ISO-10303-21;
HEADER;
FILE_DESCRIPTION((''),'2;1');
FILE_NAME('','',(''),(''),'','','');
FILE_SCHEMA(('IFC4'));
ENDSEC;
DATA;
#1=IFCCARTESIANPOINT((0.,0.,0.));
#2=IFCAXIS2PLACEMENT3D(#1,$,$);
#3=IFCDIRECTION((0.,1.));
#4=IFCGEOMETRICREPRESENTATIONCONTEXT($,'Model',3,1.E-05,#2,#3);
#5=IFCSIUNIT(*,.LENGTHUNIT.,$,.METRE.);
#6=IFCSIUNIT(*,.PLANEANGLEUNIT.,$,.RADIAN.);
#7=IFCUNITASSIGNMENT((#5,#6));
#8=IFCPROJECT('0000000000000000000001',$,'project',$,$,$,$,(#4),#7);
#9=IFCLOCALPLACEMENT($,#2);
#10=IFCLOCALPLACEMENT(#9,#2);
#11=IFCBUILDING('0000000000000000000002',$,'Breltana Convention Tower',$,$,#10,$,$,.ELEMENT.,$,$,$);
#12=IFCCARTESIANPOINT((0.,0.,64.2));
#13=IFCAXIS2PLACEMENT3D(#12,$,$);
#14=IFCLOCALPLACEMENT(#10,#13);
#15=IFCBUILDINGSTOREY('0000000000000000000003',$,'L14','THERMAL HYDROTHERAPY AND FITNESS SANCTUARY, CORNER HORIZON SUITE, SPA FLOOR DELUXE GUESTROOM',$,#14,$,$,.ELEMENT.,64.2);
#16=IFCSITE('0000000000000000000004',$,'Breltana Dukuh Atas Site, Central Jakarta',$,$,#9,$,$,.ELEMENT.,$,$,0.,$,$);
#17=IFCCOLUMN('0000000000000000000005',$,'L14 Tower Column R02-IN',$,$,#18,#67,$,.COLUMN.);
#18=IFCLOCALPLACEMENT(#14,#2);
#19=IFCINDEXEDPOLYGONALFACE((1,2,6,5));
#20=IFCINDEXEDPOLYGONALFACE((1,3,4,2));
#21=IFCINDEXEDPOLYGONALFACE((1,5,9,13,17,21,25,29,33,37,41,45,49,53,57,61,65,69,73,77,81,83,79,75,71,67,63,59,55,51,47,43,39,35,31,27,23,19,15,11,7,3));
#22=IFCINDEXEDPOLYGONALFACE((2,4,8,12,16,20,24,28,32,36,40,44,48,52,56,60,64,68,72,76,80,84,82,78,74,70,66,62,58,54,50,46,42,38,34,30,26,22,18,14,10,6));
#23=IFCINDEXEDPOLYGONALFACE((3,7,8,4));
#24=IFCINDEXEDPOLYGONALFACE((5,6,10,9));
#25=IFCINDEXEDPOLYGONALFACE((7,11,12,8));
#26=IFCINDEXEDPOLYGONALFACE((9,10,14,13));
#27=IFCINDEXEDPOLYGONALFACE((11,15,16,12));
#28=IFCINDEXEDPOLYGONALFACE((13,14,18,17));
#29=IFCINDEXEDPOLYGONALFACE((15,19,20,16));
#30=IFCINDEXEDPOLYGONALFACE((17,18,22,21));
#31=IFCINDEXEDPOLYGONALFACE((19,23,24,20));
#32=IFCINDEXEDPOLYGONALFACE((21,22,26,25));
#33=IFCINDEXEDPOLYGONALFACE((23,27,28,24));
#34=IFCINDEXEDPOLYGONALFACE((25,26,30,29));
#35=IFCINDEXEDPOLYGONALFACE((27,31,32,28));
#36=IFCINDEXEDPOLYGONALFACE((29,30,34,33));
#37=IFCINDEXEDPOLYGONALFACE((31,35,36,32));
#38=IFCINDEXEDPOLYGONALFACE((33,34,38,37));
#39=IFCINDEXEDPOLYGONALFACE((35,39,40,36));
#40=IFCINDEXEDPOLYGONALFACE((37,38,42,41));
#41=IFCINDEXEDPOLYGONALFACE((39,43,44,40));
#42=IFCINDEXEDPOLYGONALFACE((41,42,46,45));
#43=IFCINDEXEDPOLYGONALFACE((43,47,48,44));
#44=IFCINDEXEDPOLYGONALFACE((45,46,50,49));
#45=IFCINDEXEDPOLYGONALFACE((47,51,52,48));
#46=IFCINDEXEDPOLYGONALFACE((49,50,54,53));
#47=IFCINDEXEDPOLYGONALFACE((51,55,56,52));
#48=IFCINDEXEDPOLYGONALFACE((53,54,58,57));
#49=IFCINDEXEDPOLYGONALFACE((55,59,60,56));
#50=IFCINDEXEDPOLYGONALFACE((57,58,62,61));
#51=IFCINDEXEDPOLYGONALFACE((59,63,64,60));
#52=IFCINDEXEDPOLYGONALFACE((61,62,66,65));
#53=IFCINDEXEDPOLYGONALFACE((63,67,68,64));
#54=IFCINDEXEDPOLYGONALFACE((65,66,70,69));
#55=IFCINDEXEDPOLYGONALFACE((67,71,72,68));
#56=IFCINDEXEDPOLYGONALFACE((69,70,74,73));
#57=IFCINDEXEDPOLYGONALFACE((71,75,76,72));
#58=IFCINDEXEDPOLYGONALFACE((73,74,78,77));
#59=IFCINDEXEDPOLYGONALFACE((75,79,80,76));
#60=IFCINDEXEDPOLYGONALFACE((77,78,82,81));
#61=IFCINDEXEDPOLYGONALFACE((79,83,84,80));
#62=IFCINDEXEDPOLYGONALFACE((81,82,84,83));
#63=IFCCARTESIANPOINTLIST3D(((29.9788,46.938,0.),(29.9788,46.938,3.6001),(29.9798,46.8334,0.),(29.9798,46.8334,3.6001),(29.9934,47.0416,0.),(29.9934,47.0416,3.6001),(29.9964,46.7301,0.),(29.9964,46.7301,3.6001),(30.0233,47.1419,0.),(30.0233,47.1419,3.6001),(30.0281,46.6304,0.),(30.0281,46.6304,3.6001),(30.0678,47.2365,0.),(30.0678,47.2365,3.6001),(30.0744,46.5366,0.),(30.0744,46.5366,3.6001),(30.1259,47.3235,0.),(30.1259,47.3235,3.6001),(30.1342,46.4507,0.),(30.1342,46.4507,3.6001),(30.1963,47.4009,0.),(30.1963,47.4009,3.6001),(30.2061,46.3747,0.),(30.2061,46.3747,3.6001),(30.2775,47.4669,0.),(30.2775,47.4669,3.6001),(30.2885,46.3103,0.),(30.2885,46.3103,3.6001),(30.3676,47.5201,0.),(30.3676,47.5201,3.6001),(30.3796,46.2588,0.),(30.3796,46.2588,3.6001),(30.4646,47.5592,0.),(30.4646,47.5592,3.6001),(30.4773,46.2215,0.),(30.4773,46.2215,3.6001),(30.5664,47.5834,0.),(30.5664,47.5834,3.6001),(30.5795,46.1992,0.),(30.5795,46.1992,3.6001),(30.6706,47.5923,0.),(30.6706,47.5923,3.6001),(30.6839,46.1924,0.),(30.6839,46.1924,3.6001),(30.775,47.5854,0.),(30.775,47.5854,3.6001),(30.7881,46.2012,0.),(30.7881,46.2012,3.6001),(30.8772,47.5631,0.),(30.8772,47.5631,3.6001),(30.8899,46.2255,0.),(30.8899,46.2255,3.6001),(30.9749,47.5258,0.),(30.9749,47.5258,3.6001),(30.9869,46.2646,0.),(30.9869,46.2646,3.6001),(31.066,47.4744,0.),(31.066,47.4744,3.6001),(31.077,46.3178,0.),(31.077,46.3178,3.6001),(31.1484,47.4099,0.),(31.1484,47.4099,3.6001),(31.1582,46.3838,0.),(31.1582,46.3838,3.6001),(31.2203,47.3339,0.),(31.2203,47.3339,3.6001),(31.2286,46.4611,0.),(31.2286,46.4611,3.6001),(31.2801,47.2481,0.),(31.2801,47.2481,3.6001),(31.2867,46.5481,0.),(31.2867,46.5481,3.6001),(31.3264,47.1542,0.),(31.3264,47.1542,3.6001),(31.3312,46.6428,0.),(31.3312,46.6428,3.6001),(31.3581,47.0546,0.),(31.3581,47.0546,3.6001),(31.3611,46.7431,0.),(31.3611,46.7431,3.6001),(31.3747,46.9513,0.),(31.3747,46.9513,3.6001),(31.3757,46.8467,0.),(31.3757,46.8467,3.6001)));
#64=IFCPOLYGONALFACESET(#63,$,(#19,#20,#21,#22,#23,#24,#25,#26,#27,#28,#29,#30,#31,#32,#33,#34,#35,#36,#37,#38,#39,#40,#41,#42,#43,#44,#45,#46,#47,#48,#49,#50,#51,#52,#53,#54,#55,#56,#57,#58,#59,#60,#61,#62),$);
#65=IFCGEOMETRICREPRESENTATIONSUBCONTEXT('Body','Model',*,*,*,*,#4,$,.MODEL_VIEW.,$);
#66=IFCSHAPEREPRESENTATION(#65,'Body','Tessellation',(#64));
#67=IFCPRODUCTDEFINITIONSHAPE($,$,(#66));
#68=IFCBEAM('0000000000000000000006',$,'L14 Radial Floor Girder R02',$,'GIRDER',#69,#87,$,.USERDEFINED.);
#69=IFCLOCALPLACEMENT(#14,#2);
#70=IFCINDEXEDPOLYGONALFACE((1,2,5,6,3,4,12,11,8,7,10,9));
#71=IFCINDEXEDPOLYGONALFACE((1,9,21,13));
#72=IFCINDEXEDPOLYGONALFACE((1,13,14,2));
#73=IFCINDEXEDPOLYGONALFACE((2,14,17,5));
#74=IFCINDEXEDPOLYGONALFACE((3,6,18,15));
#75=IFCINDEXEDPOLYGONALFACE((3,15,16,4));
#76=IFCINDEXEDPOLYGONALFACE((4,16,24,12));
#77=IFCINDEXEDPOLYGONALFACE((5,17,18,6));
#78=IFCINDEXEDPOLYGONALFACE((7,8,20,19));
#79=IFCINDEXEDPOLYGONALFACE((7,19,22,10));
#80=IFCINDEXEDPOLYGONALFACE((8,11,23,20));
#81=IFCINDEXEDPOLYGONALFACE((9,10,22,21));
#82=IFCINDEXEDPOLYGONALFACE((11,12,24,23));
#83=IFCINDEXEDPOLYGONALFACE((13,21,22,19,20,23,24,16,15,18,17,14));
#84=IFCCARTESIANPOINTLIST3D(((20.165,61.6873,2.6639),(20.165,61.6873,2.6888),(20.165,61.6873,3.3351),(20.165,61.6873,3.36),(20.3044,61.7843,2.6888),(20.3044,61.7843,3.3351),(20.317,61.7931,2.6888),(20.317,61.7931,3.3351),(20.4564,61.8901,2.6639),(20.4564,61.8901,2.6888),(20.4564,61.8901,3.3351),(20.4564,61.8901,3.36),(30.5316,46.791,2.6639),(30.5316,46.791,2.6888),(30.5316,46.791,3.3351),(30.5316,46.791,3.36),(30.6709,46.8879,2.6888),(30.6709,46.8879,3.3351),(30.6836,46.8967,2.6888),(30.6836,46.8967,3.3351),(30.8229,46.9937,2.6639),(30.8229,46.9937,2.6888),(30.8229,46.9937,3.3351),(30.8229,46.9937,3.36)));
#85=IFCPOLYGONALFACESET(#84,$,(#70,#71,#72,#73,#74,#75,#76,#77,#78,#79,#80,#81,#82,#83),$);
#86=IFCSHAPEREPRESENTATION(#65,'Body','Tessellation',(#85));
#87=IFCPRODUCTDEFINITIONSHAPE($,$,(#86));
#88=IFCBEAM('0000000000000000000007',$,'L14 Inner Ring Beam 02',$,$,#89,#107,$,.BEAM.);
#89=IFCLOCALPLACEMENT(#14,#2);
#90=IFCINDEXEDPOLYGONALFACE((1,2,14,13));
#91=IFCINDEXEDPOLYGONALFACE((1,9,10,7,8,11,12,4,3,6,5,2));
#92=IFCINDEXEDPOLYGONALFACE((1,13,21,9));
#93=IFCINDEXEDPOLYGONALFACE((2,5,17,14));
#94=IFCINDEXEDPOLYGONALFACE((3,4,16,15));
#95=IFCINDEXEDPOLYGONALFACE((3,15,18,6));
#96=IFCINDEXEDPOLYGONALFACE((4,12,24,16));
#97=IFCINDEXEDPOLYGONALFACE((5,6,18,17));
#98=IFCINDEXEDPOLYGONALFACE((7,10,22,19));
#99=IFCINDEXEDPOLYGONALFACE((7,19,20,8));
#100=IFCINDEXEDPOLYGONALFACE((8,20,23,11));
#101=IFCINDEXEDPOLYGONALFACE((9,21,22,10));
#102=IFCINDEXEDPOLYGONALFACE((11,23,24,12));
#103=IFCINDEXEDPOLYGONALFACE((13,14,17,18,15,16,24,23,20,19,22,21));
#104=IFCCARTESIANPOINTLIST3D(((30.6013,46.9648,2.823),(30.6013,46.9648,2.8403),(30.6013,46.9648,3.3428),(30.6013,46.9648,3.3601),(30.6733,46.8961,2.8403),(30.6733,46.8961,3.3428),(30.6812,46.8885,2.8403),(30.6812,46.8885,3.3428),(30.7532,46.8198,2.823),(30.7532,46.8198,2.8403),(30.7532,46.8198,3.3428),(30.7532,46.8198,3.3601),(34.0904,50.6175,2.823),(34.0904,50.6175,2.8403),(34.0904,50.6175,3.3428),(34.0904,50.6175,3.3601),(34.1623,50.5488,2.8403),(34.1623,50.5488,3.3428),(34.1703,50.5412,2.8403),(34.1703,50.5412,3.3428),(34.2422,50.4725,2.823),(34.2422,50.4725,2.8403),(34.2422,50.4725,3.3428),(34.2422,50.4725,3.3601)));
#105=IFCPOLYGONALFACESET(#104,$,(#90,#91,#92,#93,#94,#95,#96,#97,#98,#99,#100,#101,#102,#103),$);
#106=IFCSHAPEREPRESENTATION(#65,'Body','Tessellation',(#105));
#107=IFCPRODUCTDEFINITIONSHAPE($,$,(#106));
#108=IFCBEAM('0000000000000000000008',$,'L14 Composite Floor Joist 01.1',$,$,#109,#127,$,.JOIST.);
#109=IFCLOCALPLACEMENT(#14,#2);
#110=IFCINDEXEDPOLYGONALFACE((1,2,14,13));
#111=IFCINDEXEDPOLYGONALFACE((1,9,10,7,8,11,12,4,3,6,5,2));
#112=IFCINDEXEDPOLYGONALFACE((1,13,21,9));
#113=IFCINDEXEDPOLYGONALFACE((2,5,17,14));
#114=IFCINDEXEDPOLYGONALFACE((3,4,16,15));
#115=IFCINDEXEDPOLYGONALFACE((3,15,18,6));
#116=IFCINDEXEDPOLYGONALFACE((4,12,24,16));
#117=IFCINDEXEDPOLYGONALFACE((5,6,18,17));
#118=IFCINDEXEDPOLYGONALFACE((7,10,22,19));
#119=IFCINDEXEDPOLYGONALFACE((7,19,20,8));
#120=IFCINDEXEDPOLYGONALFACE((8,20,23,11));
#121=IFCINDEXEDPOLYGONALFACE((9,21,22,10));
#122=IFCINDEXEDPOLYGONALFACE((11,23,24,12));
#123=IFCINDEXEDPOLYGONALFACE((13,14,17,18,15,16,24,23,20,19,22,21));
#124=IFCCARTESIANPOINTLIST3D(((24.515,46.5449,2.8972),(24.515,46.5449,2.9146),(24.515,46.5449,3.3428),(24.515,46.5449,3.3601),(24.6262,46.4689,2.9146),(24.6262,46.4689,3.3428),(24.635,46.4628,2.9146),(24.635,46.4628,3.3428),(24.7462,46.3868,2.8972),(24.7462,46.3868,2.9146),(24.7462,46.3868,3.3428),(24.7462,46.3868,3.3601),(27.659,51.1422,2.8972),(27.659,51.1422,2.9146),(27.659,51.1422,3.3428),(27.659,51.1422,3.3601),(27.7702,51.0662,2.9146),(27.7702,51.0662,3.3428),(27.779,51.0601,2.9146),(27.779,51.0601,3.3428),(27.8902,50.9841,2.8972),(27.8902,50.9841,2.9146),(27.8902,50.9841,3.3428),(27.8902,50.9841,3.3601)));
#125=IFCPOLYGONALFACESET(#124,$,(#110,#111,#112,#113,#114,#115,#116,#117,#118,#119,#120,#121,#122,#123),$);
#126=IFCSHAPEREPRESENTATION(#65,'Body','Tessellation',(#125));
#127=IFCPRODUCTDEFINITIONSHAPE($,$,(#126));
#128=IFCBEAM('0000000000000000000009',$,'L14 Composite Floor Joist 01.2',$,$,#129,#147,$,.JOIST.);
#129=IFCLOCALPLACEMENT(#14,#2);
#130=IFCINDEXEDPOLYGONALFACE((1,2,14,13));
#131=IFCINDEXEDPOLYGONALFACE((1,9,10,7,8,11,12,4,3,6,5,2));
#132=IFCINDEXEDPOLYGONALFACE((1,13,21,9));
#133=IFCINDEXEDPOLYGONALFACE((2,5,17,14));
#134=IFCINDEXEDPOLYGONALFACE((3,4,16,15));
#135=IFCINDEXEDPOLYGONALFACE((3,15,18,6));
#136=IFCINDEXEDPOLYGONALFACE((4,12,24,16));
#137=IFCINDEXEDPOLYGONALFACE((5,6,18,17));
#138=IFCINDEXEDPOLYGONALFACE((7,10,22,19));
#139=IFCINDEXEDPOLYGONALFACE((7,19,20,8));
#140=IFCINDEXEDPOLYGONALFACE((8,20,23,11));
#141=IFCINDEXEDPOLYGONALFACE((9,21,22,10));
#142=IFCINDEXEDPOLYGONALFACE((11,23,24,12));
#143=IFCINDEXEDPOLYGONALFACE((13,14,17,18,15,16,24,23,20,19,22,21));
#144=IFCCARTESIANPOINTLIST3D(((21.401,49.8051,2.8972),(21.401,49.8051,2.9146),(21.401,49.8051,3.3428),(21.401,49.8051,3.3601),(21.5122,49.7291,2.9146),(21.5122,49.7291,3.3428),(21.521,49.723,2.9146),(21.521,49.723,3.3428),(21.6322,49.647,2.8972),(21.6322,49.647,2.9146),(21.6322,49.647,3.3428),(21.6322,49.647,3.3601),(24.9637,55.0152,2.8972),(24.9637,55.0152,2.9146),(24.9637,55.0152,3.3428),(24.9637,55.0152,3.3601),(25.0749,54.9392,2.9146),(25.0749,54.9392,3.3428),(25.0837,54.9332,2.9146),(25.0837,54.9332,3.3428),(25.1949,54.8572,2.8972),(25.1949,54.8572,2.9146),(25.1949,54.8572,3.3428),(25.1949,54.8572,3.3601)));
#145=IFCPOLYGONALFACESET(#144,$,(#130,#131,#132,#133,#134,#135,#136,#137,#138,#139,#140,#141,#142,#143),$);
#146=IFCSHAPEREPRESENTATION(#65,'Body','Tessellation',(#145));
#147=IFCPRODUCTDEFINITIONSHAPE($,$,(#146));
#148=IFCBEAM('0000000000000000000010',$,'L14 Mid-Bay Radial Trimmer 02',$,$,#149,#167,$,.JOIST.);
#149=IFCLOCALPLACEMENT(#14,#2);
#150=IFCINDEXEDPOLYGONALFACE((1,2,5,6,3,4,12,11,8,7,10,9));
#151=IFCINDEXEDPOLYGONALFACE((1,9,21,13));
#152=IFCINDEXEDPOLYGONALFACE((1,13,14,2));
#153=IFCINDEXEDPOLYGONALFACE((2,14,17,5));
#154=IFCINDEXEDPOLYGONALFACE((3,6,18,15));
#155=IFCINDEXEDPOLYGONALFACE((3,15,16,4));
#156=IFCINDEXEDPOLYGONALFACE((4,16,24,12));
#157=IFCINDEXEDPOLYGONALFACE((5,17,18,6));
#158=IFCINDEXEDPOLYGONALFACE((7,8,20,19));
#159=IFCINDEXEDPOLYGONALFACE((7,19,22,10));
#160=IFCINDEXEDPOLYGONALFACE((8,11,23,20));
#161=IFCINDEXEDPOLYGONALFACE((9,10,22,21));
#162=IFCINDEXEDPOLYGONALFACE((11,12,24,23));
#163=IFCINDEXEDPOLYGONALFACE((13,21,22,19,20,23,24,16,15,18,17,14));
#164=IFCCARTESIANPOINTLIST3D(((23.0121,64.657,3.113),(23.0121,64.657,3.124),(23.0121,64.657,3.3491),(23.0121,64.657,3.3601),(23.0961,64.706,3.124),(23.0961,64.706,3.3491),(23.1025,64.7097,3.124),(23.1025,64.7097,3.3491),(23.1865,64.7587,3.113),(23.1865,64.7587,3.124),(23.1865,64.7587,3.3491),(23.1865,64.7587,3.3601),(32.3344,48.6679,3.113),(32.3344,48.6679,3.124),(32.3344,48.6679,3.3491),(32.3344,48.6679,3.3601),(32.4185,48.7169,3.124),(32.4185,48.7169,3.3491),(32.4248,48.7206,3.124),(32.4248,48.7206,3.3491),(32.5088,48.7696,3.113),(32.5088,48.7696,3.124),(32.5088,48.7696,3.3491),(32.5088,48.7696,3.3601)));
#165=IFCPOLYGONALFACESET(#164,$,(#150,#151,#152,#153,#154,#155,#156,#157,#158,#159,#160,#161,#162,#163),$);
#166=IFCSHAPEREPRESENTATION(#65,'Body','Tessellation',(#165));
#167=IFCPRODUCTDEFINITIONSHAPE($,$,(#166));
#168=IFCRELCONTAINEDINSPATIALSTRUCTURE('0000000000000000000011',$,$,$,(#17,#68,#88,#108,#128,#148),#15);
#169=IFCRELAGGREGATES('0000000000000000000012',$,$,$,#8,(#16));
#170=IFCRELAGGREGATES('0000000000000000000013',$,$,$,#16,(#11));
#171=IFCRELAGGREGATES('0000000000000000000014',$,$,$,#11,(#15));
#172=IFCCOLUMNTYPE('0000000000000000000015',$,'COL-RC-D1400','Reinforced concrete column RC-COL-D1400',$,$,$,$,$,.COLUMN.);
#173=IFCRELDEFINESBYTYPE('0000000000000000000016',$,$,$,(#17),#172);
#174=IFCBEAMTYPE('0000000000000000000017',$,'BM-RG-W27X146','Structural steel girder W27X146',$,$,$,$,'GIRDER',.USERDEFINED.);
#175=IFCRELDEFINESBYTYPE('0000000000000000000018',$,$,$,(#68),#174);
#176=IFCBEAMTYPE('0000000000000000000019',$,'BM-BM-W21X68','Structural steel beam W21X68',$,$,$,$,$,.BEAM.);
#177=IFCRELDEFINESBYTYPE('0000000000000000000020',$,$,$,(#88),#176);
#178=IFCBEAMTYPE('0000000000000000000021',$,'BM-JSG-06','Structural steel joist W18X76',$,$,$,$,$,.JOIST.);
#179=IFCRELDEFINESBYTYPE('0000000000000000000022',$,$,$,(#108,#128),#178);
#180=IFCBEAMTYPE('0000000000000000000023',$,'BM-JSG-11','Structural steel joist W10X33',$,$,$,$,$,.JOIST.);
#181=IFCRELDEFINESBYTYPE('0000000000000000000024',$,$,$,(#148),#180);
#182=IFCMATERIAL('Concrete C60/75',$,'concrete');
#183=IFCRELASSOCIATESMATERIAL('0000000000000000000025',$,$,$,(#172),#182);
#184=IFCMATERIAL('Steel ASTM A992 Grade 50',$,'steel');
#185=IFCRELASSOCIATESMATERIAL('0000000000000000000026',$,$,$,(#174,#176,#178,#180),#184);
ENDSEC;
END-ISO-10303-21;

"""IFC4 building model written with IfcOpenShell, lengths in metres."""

from ifc_helpers import new_model, si_unit, direction, frame, origin, origin_2d, place, context, subcontext, project, spatial, circle, i_section, extrude, source, transform, mapped, material, material_profile, profile_set, type_object, type_shapes, element, save


model = new_model("IFC4")

# Units and contexts
model_context = context("Model", 3, precision=1e-05, world=origin(), true_north=direction((0.0, 1.0)))
body_context = subcontext(model_context, "Body", "Model", "MODEL_VIEW")
ifc_project = project(units=[si_unit("LENGTHUNIT", "METRE"), si_unit("PLANEANGLEUNIT", "RADIAN")], contexts=[model_context])

# Site, building, storey
site_placement = place(None, origin())
site = spatial("IfcSite", under=ifc_project, at=site_placement, Name="Breltana Dukuh Atas Site, Central Jakarta", CompositionType="ELEMENT", RefElevation=0.0)
building_placement = place(site_placement, origin())
building = spatial("IfcBuilding", under=site, at=building_placement, Name="Breltana Convention Tower", CompositionType="ELEMENT")
storey_placement = place(building_placement, frame((0.0, 0.0, 64.2)))
storey = spatial("IfcBuildingStorey", under=building, at=storey_placement, Name="L14", Description="THERMAL HYDROTHERAPY AND FITNESS SANCTUARY, CORNER HORIZON SUITE, SPA FLOOR DELUXE GUESTROOM", CompositionType="ELEMENT", Elevation=64.2)

# Column
ifc_material_1 = material(Name="Concrete C60/75", Category="concrete")
ifc_material_profile_1 = material_profile(ifc_material_1, circle(Radius=0.7, at=origin_2d()), Name="RC-COL-D1400")
ifc_profile_set_1 = profile_set([ifc_material_profile_1], Name="Concrete C60/75")
column_type = type_object("IfcColumnType", Name="COL-RC-D1400", Description="Reinforced concrete column RC-COL-D1400", PredefinedType="COLUMN", material=ifc_profile_set_1)
shared_shape_1 = source(origin(), body_context, "Body", "SweptSolid", [
    extrude(circle(Radius=0.7, at=origin_2d()), origin(), (0.0, 0.0, 1.0), 3.6001),
])
column_placement = place(storey_placement, frame((30.6772, 46.8923, 0.0), z_axis=(0.0, 0.0, 1.0), x_axis=(-0.571143, 0.82085, 0.0)))
element("IfcColumn", 1, at=column_placement, inside=storey, type_object=column_type, Name="L14 Tower Column R02-IN", PredefinedType="COLUMN", context=body_context, shape_type="MappedRepresentation", body=[
    mapped(shared_shape_1, transform((0.0, 0.0, 0.0), scale=1.0)),
])

# Beams
ifc_material_2 = material(Name="Steel ASTM A992 Grade 50", Category="steel")
ifc_material_profile_2 = material_profile(ifc_material_2, i_section(OverallWidth=0.355, OverallDepth=0.696, WebThickness=0.0154, FlangeThickness=0.0249, at=origin_2d()), Name="W27X146")
ifc_profile_set_2 = profile_set([ifc_material_profile_2], Name="Steel ASTM A992 Grade 50")
beam_type_1 = type_object("IfcBeamType", Name="BM-RG-W27X146", Description="Structural steel girder W27X146", ElementType="GIRDER", PredefinedType="USERDEFINED", material=ifc_profile_set_2)
shared_shape_2 = source(origin(), body_context, "Body", "SweptSolid", [
    extrude(i_section(OverallWidth=0.355, OverallDepth=0.696, WebThickness=0.0154, FlangeThickness=0.0249, at=origin_2d()), origin(), (0.0, 0.0, 1.0), 18.1484),
])
beam_1_placement = place(storey_placement, frame((30.6772, 46.8923, 3.012), z_axis=(-0.571208, 0.820806, 0.0), x_axis=(-0.820806, -0.571208, 0.0)))
element("IfcBeam", 2, at=beam_1_placement, inside=storey, type_object=beam_type_1, Name="L14 Radial Floor Girder R02", ObjectType="GIRDER", PredefinedType="USERDEFINED", context=body_context, shape_type="MappedRepresentation", body=[
    mapped(shared_shape_2, transform((0.0, 0.0, 0.0), scale=1.0)),
])
ifc_material_profile_3 = material_profile(ifc_material_2, i_section(OverallWidth=0.21, OverallDepth=0.5371, WebThickness=0.011, FlangeThickness=0.0173, at=origin_2d()), Name="W21X68")
ifc_profile_set_3 = profile_set([ifc_material_profile_3], Name="Steel ASTM A992 Grade 50")
beam_type_2 = type_object("IfcBeamType", Name="BM-BM-W21X68", Description="Structural steel beam W21X68", PredefinedType="BEAM", material=ifc_profile_set_3)
shared_shape_3 = source(origin(), body_context, "Body", "SweptSolid", [
    extrude(i_section(OverallWidth=0.21, OverallDepth=0.5371, WebThickness=0.011, FlangeThickness=0.0173, at=origin_2d()), origin(), (0.0, 0.0, 1.0), 5.0513),
])
beam_2_placement = place(storey_placement, frame((30.6772, 46.8923, 3.0916), z_axis=(0.69073, 0.723113, 0.0), x_axis=(-0.723113, 0.69073, 0.0)))
element("IfcBeam", 3, at=beam_2_placement, inside=storey, type_object=beam_type_2, Name="L14 Inner Ring Beam 02", PredefinedType="BEAM", context=body_context, shape_type="MappedRepresentation", body=[
    mapped(shared_shape_3, transform((0.0, 0.0, 0.0), scale=1.0)),
])
ifc_material_profile_4 = material_profile(ifc_material_2, i_section(OverallWidth=0.28, OverallDepth=0.4629, WebThickness=0.0107, FlangeThickness=0.0173, at=origin_2d()), Name="W18X76")
ifc_profile_set_4 = profile_set([ifc_material_profile_4], Name="Steel ASTM A992 Grade 50")
beam_type_3 = type_object("IfcBeamType", Name="BM-JSG-06", Description="Structural steel joist W18X76", PredefinedType="JOIST", material=ifc_profile_set_4)
shared_shape_4 = source(origin(), body_context, "Body", "SweptSolid", [
    extrude(i_section(OverallWidth=0.28, OverallDepth=0.4629, WebThickness=0.0107, FlangeThickness=0.0173, at=origin_2d()), origin(), (0.0, 0.0, 1.0), 5.5696),
])
type_shapes(beam_type_3, [shared_shape_4])
beam_3_placement = place(storey_placement, frame((24.6306, 46.4658, 3.1287), z_axis=(0.564494, 0.825437, 0.0), x_axis=(-0.825437, 0.564494, 0.0)))
element("IfcBeam", 4, at=beam_3_placement, inside=storey, type_object=beam_type_3, Name="L14 Composite Floor Joist 01.1", PredefinedType="JOIST", context=body_context, shape_type="MappedRepresentation", body=[
    mapped(shared_shape_4, transform((0.0, 0.0, 0.0), scale=1.0)),
])
shared_shape_5 = source(origin(), body_context, "Body", "SweptSolid", [
    extrude(i_section(OverallWidth=0.28, OverallDepth=0.4629, WebThickness=0.0107, FlangeThickness=0.0173, at=origin_2d()), origin(), (0.0, 0.0, 1.0), 6.3118),
])
beam_4_placement = place(storey_placement, frame((21.5166, 49.7261, 3.1287), z_axis=(0.564454, 0.825465, 0.0), x_axis=(-0.825465, 0.564454, 0.0)))
element("IfcBeam", 5, at=beam_4_placement, inside=storey, type_object=beam_type_3, Name="L14 Composite Floor Joist 01.2", PredefinedType="JOIST", context=body_context, shape_type="MappedRepresentation", body=[
    mapped(shared_shape_5, transform((0.0, 0.0, 0.0), scale=1.0)),
])
ifc_material_profile_5 = material_profile(ifc_material_2, i_section(OverallWidth=0.2019, OverallDepth=0.2471, WebThickness=0.0073, FlangeThickness=0.011, at=origin_2d()), Name="W10X33")
ifc_profile_set_5 = profile_set([ifc_material_profile_5], Name="Steel ASTM A992 Grade 50")
beam_type_4 = type_object("IfcBeamType", Name="BM-JSG-11", Description="Structural steel joist W10X33", PredefinedType="JOIST", material=ifc_profile_set_5)
shared_shape_6 = source(origin(), body_context, "Body", "SweptSolid", [
    extrude(i_section(OverallWidth=0.2019, OverallDepth=0.2471, WebThickness=0.0073, FlangeThickness=0.011, at=origin_2d()), origin(), (0.0, 0.0, 1.0), 18.5083),
])
beam_5_placement = place(storey_placement, frame((32.4216, 48.7188, 3.2366), z_axis=(-0.503683, 0.863888, 0.0), x_axis=(-0.863888, -0.503683, 0.0)))
element("IfcBeam", 6, at=beam_5_placement, inside=storey, type_object=beam_type_4, Name="L14 Mid-Bay Radial Trimmer 02", PredefinedType="JOIST", context=body_context, shape_type="MappedRepresentation", body=[
    mapped(shared_shape_6, transform((0.0, 0.0, 0.0), scale=1.0)),
])

save(model, "model.ifc")
